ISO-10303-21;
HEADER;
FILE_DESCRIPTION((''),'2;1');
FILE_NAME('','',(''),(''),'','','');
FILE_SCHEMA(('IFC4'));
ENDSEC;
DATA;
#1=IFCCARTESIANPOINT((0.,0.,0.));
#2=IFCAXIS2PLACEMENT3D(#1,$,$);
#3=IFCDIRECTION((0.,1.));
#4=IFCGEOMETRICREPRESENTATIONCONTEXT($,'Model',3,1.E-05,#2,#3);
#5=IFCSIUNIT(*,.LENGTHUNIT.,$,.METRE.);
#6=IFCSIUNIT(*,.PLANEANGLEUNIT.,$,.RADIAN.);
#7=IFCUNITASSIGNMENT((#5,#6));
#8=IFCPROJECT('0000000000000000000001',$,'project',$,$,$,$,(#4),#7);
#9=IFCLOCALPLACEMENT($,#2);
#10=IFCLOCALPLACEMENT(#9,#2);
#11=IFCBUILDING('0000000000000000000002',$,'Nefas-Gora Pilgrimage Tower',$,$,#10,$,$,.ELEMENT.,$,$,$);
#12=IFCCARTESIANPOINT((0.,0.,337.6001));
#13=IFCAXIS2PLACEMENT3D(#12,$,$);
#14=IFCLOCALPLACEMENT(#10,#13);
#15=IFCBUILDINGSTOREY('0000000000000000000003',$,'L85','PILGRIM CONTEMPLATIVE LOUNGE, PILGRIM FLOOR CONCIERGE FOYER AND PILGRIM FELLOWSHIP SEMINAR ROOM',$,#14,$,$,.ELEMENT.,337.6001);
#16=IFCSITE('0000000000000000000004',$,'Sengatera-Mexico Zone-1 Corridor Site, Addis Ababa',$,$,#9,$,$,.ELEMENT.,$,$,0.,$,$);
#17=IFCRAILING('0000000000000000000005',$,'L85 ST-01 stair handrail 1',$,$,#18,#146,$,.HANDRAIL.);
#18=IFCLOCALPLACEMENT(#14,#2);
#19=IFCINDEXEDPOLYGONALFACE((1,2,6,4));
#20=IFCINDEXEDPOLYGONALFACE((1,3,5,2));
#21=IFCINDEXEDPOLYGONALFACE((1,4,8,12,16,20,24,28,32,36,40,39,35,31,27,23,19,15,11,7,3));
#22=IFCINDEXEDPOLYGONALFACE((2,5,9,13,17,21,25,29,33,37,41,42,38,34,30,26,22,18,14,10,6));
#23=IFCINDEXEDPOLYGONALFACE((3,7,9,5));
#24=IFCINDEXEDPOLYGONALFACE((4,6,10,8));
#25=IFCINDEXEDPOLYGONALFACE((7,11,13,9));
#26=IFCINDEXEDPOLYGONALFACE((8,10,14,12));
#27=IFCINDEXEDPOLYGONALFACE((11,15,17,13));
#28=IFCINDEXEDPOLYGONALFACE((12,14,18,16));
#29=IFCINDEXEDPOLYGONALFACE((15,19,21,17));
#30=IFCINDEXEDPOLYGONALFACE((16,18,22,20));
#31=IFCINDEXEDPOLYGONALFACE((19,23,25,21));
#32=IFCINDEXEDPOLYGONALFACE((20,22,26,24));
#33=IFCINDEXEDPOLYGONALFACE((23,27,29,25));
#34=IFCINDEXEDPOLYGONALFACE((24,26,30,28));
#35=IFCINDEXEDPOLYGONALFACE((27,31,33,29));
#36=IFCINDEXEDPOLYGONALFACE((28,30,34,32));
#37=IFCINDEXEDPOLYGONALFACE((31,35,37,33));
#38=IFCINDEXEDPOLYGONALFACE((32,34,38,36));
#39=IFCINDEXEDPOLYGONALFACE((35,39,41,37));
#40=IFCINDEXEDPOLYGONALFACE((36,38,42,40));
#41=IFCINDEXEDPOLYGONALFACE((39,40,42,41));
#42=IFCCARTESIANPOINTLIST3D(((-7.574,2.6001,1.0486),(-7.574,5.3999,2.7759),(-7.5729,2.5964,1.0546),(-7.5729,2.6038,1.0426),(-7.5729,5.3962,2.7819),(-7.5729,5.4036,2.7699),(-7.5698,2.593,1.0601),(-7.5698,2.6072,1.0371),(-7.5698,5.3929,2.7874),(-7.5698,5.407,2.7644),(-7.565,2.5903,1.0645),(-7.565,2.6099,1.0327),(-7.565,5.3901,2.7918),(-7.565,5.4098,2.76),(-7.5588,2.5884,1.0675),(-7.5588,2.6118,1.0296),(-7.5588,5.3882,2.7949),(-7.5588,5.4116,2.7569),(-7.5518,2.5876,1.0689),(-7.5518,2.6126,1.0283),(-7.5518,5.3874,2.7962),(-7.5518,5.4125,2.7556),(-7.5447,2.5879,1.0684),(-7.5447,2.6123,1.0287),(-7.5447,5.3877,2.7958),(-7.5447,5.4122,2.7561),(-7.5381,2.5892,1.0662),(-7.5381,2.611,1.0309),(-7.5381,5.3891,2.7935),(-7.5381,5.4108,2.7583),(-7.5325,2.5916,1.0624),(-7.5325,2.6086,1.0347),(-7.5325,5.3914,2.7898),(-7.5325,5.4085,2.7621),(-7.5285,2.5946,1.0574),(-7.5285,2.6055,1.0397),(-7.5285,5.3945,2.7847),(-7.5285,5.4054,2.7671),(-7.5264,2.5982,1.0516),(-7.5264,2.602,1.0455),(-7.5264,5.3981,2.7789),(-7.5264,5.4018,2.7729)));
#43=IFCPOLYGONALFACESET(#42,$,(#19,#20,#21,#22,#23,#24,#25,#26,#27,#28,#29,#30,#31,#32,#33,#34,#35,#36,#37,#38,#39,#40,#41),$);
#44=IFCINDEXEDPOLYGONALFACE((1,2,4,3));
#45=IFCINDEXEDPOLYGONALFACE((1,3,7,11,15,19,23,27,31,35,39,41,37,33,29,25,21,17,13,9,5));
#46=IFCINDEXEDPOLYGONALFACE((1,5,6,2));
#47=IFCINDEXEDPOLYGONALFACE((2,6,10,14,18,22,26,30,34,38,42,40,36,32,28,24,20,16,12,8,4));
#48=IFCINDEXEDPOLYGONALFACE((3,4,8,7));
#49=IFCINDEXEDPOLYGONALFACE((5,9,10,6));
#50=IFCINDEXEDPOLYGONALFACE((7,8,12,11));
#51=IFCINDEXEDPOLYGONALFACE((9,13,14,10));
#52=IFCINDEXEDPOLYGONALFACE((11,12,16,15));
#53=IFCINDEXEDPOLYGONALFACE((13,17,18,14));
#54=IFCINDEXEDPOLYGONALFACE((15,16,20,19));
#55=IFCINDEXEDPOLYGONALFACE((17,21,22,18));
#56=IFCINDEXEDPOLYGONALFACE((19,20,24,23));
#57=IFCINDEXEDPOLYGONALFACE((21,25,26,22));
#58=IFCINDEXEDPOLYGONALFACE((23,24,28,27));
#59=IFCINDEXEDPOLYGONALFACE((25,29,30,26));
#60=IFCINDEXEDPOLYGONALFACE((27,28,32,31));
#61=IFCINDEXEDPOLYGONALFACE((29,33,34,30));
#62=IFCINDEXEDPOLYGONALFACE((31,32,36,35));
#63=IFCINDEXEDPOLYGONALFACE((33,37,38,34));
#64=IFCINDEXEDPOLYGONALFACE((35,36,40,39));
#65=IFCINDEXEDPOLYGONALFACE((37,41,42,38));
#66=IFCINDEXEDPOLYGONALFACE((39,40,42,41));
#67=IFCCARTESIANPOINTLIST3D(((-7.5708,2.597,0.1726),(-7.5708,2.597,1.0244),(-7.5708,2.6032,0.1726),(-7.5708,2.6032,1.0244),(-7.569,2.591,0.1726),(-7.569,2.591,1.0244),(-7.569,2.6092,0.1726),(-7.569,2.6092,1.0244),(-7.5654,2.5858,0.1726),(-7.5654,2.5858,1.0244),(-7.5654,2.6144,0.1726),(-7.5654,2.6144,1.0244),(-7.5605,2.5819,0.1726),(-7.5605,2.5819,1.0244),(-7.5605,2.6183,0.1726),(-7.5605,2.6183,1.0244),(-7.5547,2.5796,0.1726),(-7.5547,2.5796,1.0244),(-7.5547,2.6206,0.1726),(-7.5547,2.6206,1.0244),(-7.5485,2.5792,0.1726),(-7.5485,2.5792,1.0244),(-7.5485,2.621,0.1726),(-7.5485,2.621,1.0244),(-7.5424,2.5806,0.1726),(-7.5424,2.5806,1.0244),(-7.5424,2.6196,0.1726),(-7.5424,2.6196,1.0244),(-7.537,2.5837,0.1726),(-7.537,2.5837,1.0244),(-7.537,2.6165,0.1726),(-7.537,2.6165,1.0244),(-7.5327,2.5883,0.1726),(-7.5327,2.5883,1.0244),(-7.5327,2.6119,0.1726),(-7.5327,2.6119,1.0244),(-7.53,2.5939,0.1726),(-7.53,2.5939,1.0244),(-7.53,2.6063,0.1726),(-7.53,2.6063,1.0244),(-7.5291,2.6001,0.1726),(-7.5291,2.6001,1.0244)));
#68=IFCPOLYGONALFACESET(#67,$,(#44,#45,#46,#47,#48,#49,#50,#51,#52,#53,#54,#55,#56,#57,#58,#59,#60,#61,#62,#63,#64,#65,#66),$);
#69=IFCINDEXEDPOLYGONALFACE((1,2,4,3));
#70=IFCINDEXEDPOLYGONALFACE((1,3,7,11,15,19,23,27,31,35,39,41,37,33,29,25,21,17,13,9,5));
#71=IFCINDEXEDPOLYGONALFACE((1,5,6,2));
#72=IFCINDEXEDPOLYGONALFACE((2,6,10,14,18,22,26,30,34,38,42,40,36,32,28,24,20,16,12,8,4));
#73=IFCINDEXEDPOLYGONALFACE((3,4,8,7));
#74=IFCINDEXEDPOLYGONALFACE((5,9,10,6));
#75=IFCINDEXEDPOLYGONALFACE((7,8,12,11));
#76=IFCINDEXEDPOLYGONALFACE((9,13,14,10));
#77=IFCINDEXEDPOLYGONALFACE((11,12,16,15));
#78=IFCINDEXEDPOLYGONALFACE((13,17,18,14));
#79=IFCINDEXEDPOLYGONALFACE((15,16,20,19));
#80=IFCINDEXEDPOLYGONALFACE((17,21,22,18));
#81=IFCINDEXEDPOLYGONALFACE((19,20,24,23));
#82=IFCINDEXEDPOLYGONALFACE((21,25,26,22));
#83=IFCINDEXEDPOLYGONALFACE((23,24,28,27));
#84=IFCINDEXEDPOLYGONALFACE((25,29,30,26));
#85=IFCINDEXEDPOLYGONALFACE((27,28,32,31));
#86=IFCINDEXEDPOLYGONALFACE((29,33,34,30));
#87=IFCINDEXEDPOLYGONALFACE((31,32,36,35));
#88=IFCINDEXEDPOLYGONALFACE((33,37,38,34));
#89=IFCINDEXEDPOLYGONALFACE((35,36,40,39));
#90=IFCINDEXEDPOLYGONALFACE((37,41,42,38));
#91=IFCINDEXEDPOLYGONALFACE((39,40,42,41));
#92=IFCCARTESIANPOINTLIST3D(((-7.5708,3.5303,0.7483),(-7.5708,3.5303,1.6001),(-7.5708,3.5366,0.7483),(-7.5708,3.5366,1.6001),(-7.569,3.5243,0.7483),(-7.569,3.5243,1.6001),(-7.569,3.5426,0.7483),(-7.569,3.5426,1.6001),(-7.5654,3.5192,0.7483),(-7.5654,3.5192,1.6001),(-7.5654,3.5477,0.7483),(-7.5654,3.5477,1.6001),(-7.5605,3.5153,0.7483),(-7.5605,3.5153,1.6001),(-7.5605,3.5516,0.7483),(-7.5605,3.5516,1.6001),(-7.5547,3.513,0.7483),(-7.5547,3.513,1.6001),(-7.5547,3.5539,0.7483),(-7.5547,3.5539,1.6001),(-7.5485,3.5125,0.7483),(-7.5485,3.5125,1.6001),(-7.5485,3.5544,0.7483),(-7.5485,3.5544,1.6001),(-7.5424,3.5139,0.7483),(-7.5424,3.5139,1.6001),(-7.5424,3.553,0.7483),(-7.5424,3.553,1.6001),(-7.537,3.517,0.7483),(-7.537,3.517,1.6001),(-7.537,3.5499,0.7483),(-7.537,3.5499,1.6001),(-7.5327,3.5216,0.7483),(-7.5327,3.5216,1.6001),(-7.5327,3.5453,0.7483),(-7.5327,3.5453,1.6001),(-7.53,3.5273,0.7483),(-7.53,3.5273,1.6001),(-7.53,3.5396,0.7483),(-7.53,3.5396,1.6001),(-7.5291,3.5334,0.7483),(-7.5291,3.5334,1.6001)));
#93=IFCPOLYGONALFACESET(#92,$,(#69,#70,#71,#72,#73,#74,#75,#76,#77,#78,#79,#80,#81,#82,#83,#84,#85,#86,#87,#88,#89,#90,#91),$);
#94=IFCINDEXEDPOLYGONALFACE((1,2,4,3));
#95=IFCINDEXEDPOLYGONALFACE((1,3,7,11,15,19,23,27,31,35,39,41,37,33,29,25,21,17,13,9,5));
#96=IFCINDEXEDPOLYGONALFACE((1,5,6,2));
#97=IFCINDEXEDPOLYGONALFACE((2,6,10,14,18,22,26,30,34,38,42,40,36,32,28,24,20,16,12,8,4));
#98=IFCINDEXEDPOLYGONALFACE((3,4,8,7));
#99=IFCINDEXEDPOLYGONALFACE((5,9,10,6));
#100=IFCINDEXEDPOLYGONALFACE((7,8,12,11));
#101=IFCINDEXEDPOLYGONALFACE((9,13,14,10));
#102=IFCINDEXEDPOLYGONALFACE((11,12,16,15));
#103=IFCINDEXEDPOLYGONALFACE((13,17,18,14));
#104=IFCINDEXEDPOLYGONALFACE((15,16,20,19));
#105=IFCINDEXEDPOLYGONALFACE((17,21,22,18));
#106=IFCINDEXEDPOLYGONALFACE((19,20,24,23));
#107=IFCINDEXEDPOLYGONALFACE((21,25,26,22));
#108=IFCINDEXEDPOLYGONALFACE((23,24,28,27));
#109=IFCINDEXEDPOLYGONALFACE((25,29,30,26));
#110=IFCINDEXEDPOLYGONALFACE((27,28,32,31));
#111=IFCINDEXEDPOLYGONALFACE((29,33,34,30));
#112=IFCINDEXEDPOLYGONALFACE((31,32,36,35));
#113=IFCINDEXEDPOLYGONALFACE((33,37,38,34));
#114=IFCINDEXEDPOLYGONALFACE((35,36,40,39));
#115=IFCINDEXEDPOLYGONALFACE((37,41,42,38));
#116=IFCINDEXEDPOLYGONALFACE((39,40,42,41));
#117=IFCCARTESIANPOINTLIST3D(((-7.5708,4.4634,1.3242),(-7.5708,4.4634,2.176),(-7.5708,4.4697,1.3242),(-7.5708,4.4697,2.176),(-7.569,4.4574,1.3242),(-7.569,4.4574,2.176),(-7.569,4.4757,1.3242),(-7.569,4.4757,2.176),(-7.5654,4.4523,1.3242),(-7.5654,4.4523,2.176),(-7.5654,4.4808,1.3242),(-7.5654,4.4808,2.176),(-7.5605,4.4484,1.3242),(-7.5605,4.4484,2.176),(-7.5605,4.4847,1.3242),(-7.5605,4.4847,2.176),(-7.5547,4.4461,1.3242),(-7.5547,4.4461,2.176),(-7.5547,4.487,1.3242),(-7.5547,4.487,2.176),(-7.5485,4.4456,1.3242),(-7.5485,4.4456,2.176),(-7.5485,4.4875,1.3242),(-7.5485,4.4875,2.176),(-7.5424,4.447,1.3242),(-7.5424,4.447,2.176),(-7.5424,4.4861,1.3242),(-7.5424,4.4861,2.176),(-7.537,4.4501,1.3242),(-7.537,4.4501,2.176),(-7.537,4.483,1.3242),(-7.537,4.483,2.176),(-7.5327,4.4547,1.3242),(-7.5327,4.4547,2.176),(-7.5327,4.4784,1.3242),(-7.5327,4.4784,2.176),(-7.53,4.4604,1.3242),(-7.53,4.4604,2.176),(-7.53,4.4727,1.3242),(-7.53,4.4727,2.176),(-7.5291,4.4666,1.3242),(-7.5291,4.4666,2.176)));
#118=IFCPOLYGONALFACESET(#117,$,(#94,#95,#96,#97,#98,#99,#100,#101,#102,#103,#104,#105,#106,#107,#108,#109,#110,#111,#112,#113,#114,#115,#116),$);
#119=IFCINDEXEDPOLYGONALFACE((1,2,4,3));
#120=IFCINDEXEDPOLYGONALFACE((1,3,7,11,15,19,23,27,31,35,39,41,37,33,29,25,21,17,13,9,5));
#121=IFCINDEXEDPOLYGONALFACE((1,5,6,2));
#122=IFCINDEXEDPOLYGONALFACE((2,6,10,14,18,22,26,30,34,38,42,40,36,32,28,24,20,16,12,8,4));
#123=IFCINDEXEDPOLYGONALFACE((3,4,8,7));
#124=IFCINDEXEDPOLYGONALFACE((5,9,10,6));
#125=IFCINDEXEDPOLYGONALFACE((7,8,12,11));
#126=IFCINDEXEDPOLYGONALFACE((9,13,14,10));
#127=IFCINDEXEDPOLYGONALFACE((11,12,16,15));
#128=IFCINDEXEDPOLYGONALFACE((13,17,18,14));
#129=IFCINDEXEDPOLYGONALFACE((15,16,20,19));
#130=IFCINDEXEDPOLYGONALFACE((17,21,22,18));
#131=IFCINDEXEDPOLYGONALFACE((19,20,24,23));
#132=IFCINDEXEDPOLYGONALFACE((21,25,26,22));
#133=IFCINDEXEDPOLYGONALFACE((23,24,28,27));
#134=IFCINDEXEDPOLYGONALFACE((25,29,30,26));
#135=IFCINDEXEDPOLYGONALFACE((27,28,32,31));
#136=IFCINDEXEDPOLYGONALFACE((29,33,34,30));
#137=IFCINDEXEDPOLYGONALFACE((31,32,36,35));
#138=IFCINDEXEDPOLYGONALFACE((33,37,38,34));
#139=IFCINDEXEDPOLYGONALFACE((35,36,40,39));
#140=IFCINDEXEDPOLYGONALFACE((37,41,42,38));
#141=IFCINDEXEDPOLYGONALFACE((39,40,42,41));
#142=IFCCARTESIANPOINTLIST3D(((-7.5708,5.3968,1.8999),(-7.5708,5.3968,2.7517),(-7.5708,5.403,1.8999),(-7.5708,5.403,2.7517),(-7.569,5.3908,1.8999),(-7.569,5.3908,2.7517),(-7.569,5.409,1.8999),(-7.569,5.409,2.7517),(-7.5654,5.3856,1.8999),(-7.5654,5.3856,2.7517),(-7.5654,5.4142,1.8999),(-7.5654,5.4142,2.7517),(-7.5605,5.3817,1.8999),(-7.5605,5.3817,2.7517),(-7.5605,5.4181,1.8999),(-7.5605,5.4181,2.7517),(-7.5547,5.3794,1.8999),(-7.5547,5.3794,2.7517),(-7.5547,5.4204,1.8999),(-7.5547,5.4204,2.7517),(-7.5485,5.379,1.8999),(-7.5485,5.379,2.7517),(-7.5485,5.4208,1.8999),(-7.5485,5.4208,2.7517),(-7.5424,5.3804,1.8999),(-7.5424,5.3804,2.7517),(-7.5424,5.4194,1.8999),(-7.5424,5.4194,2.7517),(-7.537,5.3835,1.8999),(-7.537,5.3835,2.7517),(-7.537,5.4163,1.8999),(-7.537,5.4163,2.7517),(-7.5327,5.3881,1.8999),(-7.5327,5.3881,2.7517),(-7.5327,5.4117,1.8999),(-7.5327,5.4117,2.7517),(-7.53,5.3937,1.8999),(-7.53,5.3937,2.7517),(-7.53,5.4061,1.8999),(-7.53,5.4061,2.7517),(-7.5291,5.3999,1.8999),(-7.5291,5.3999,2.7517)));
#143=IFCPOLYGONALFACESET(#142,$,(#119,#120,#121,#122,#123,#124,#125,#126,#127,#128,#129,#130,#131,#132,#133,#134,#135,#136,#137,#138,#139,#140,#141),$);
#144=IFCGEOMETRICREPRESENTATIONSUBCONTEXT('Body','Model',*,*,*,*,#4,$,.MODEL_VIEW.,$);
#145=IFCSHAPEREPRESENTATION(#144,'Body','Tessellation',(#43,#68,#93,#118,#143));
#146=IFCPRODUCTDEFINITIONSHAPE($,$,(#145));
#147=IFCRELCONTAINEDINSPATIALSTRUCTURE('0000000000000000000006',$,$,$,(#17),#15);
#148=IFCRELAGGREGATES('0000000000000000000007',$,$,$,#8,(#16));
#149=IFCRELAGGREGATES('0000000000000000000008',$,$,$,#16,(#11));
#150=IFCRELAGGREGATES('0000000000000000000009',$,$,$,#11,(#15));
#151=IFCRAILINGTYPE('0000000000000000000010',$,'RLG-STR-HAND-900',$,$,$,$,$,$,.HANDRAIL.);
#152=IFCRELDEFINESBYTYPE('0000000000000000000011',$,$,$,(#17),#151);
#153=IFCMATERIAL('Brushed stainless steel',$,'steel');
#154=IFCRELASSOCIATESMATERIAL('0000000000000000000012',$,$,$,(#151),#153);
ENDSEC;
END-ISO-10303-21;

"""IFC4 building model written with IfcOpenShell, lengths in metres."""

from ifc_helpers import new_model, si_unit, direction, frame, origin, origin_2d, place, context, subcontext, project, spatial, circle, extrude, material, type_object, element, save


model = new_model("IFC4")

# Units and contexts
model_context = context("Model", 3, precision=1e-05, world=origin(), true_north=direction((0.0, 1.0)))
body_context = subcontext(model_context, "Body", "Model", "MODEL_VIEW")
ifc_project = project(units=[si_unit("LENGTHUNIT", "METRE"), si_unit("PLANEANGLEUNIT", "RADIAN")], contexts=[model_context])

# Site, building, storey
site_placement = place(None, origin())
site = spatial("IfcSite", under=ifc_project, at=site_placement, Name="Sengatera-Mexico Zone-1 Corridor Site, Addis Ababa", CompositionType="ELEMENT", RefElevation=0.0)
building_placement = place(site_placement, origin())
building = spatial("IfcBuilding", under=site, at=building_placement, Name="Nefas-Gora Pilgrimage Tower", CompositionType="ELEMENT")
storey_placement = place(building_placement, frame((0.0, 0.0, 337.6001)))
storey = spatial("IfcBuildingStorey", under=building, at=storey_placement, Name="L85", Description="PILGRIM CONTEMPLATIVE LOUNGE, PILGRIM FLOOR CONCIERGE FOYER AND PILGRIM FELLOWSHIP SEMINAR ROOM", CompositionType="ELEMENT", Elevation=337.6001)

# Railing
ifc_material_1 = material(Name="Brushed stainless steel", Category="steel")
railing_type_1 = type_object("IfcRailingType", Name="RLG-STR-HAND-900", PredefinedType="HANDRAIL", material=ifc_material_1)
railing_1_placement = place(storey_placement, frame((-7.55, 2.6001, 0.1726)))
element("IfcRailing", 1, at=railing_1_placement, inside=storey, type_object=railing_type_1, Name="L85 ST-01 stair handrail 1", PredefinedType="HANDRAIL", context=body_context, shape_type="SweptSolid", body=[
    extrude(circle(Radius=0.0239, at=origin_2d()), frame((0.0, 0.0, 0.876), z_axis=(0.0, 0.851069, 0.525054), x_axis=(-1.0, 0.0, 0.0)), (0.0, 0.0, 1.0), 3.2898),
    extrude(circle(Radius=0.021, at=origin_2d()), origin(), (0.0, 0.0, 1.0), 0.8518),
    extrude(circle(Radius=0.021, at=origin_2d()), frame((0.0, 0.9333, 0.5757)), (0.0, 0.0, 1.0), 0.8518),
    extrude(circle(Radius=0.021, at=origin_2d()), frame((0.0, 1.8665, 1.1516)), (0.0, 0.0, 1.0), 0.8518),
    extrude(circle(Radius=0.021, at=origin_2d()), frame((0.0, 2.7998, 1.7273)), (0.0, 0.0, 1.0), 0.8518),
])

save(model, "model.ifc")
